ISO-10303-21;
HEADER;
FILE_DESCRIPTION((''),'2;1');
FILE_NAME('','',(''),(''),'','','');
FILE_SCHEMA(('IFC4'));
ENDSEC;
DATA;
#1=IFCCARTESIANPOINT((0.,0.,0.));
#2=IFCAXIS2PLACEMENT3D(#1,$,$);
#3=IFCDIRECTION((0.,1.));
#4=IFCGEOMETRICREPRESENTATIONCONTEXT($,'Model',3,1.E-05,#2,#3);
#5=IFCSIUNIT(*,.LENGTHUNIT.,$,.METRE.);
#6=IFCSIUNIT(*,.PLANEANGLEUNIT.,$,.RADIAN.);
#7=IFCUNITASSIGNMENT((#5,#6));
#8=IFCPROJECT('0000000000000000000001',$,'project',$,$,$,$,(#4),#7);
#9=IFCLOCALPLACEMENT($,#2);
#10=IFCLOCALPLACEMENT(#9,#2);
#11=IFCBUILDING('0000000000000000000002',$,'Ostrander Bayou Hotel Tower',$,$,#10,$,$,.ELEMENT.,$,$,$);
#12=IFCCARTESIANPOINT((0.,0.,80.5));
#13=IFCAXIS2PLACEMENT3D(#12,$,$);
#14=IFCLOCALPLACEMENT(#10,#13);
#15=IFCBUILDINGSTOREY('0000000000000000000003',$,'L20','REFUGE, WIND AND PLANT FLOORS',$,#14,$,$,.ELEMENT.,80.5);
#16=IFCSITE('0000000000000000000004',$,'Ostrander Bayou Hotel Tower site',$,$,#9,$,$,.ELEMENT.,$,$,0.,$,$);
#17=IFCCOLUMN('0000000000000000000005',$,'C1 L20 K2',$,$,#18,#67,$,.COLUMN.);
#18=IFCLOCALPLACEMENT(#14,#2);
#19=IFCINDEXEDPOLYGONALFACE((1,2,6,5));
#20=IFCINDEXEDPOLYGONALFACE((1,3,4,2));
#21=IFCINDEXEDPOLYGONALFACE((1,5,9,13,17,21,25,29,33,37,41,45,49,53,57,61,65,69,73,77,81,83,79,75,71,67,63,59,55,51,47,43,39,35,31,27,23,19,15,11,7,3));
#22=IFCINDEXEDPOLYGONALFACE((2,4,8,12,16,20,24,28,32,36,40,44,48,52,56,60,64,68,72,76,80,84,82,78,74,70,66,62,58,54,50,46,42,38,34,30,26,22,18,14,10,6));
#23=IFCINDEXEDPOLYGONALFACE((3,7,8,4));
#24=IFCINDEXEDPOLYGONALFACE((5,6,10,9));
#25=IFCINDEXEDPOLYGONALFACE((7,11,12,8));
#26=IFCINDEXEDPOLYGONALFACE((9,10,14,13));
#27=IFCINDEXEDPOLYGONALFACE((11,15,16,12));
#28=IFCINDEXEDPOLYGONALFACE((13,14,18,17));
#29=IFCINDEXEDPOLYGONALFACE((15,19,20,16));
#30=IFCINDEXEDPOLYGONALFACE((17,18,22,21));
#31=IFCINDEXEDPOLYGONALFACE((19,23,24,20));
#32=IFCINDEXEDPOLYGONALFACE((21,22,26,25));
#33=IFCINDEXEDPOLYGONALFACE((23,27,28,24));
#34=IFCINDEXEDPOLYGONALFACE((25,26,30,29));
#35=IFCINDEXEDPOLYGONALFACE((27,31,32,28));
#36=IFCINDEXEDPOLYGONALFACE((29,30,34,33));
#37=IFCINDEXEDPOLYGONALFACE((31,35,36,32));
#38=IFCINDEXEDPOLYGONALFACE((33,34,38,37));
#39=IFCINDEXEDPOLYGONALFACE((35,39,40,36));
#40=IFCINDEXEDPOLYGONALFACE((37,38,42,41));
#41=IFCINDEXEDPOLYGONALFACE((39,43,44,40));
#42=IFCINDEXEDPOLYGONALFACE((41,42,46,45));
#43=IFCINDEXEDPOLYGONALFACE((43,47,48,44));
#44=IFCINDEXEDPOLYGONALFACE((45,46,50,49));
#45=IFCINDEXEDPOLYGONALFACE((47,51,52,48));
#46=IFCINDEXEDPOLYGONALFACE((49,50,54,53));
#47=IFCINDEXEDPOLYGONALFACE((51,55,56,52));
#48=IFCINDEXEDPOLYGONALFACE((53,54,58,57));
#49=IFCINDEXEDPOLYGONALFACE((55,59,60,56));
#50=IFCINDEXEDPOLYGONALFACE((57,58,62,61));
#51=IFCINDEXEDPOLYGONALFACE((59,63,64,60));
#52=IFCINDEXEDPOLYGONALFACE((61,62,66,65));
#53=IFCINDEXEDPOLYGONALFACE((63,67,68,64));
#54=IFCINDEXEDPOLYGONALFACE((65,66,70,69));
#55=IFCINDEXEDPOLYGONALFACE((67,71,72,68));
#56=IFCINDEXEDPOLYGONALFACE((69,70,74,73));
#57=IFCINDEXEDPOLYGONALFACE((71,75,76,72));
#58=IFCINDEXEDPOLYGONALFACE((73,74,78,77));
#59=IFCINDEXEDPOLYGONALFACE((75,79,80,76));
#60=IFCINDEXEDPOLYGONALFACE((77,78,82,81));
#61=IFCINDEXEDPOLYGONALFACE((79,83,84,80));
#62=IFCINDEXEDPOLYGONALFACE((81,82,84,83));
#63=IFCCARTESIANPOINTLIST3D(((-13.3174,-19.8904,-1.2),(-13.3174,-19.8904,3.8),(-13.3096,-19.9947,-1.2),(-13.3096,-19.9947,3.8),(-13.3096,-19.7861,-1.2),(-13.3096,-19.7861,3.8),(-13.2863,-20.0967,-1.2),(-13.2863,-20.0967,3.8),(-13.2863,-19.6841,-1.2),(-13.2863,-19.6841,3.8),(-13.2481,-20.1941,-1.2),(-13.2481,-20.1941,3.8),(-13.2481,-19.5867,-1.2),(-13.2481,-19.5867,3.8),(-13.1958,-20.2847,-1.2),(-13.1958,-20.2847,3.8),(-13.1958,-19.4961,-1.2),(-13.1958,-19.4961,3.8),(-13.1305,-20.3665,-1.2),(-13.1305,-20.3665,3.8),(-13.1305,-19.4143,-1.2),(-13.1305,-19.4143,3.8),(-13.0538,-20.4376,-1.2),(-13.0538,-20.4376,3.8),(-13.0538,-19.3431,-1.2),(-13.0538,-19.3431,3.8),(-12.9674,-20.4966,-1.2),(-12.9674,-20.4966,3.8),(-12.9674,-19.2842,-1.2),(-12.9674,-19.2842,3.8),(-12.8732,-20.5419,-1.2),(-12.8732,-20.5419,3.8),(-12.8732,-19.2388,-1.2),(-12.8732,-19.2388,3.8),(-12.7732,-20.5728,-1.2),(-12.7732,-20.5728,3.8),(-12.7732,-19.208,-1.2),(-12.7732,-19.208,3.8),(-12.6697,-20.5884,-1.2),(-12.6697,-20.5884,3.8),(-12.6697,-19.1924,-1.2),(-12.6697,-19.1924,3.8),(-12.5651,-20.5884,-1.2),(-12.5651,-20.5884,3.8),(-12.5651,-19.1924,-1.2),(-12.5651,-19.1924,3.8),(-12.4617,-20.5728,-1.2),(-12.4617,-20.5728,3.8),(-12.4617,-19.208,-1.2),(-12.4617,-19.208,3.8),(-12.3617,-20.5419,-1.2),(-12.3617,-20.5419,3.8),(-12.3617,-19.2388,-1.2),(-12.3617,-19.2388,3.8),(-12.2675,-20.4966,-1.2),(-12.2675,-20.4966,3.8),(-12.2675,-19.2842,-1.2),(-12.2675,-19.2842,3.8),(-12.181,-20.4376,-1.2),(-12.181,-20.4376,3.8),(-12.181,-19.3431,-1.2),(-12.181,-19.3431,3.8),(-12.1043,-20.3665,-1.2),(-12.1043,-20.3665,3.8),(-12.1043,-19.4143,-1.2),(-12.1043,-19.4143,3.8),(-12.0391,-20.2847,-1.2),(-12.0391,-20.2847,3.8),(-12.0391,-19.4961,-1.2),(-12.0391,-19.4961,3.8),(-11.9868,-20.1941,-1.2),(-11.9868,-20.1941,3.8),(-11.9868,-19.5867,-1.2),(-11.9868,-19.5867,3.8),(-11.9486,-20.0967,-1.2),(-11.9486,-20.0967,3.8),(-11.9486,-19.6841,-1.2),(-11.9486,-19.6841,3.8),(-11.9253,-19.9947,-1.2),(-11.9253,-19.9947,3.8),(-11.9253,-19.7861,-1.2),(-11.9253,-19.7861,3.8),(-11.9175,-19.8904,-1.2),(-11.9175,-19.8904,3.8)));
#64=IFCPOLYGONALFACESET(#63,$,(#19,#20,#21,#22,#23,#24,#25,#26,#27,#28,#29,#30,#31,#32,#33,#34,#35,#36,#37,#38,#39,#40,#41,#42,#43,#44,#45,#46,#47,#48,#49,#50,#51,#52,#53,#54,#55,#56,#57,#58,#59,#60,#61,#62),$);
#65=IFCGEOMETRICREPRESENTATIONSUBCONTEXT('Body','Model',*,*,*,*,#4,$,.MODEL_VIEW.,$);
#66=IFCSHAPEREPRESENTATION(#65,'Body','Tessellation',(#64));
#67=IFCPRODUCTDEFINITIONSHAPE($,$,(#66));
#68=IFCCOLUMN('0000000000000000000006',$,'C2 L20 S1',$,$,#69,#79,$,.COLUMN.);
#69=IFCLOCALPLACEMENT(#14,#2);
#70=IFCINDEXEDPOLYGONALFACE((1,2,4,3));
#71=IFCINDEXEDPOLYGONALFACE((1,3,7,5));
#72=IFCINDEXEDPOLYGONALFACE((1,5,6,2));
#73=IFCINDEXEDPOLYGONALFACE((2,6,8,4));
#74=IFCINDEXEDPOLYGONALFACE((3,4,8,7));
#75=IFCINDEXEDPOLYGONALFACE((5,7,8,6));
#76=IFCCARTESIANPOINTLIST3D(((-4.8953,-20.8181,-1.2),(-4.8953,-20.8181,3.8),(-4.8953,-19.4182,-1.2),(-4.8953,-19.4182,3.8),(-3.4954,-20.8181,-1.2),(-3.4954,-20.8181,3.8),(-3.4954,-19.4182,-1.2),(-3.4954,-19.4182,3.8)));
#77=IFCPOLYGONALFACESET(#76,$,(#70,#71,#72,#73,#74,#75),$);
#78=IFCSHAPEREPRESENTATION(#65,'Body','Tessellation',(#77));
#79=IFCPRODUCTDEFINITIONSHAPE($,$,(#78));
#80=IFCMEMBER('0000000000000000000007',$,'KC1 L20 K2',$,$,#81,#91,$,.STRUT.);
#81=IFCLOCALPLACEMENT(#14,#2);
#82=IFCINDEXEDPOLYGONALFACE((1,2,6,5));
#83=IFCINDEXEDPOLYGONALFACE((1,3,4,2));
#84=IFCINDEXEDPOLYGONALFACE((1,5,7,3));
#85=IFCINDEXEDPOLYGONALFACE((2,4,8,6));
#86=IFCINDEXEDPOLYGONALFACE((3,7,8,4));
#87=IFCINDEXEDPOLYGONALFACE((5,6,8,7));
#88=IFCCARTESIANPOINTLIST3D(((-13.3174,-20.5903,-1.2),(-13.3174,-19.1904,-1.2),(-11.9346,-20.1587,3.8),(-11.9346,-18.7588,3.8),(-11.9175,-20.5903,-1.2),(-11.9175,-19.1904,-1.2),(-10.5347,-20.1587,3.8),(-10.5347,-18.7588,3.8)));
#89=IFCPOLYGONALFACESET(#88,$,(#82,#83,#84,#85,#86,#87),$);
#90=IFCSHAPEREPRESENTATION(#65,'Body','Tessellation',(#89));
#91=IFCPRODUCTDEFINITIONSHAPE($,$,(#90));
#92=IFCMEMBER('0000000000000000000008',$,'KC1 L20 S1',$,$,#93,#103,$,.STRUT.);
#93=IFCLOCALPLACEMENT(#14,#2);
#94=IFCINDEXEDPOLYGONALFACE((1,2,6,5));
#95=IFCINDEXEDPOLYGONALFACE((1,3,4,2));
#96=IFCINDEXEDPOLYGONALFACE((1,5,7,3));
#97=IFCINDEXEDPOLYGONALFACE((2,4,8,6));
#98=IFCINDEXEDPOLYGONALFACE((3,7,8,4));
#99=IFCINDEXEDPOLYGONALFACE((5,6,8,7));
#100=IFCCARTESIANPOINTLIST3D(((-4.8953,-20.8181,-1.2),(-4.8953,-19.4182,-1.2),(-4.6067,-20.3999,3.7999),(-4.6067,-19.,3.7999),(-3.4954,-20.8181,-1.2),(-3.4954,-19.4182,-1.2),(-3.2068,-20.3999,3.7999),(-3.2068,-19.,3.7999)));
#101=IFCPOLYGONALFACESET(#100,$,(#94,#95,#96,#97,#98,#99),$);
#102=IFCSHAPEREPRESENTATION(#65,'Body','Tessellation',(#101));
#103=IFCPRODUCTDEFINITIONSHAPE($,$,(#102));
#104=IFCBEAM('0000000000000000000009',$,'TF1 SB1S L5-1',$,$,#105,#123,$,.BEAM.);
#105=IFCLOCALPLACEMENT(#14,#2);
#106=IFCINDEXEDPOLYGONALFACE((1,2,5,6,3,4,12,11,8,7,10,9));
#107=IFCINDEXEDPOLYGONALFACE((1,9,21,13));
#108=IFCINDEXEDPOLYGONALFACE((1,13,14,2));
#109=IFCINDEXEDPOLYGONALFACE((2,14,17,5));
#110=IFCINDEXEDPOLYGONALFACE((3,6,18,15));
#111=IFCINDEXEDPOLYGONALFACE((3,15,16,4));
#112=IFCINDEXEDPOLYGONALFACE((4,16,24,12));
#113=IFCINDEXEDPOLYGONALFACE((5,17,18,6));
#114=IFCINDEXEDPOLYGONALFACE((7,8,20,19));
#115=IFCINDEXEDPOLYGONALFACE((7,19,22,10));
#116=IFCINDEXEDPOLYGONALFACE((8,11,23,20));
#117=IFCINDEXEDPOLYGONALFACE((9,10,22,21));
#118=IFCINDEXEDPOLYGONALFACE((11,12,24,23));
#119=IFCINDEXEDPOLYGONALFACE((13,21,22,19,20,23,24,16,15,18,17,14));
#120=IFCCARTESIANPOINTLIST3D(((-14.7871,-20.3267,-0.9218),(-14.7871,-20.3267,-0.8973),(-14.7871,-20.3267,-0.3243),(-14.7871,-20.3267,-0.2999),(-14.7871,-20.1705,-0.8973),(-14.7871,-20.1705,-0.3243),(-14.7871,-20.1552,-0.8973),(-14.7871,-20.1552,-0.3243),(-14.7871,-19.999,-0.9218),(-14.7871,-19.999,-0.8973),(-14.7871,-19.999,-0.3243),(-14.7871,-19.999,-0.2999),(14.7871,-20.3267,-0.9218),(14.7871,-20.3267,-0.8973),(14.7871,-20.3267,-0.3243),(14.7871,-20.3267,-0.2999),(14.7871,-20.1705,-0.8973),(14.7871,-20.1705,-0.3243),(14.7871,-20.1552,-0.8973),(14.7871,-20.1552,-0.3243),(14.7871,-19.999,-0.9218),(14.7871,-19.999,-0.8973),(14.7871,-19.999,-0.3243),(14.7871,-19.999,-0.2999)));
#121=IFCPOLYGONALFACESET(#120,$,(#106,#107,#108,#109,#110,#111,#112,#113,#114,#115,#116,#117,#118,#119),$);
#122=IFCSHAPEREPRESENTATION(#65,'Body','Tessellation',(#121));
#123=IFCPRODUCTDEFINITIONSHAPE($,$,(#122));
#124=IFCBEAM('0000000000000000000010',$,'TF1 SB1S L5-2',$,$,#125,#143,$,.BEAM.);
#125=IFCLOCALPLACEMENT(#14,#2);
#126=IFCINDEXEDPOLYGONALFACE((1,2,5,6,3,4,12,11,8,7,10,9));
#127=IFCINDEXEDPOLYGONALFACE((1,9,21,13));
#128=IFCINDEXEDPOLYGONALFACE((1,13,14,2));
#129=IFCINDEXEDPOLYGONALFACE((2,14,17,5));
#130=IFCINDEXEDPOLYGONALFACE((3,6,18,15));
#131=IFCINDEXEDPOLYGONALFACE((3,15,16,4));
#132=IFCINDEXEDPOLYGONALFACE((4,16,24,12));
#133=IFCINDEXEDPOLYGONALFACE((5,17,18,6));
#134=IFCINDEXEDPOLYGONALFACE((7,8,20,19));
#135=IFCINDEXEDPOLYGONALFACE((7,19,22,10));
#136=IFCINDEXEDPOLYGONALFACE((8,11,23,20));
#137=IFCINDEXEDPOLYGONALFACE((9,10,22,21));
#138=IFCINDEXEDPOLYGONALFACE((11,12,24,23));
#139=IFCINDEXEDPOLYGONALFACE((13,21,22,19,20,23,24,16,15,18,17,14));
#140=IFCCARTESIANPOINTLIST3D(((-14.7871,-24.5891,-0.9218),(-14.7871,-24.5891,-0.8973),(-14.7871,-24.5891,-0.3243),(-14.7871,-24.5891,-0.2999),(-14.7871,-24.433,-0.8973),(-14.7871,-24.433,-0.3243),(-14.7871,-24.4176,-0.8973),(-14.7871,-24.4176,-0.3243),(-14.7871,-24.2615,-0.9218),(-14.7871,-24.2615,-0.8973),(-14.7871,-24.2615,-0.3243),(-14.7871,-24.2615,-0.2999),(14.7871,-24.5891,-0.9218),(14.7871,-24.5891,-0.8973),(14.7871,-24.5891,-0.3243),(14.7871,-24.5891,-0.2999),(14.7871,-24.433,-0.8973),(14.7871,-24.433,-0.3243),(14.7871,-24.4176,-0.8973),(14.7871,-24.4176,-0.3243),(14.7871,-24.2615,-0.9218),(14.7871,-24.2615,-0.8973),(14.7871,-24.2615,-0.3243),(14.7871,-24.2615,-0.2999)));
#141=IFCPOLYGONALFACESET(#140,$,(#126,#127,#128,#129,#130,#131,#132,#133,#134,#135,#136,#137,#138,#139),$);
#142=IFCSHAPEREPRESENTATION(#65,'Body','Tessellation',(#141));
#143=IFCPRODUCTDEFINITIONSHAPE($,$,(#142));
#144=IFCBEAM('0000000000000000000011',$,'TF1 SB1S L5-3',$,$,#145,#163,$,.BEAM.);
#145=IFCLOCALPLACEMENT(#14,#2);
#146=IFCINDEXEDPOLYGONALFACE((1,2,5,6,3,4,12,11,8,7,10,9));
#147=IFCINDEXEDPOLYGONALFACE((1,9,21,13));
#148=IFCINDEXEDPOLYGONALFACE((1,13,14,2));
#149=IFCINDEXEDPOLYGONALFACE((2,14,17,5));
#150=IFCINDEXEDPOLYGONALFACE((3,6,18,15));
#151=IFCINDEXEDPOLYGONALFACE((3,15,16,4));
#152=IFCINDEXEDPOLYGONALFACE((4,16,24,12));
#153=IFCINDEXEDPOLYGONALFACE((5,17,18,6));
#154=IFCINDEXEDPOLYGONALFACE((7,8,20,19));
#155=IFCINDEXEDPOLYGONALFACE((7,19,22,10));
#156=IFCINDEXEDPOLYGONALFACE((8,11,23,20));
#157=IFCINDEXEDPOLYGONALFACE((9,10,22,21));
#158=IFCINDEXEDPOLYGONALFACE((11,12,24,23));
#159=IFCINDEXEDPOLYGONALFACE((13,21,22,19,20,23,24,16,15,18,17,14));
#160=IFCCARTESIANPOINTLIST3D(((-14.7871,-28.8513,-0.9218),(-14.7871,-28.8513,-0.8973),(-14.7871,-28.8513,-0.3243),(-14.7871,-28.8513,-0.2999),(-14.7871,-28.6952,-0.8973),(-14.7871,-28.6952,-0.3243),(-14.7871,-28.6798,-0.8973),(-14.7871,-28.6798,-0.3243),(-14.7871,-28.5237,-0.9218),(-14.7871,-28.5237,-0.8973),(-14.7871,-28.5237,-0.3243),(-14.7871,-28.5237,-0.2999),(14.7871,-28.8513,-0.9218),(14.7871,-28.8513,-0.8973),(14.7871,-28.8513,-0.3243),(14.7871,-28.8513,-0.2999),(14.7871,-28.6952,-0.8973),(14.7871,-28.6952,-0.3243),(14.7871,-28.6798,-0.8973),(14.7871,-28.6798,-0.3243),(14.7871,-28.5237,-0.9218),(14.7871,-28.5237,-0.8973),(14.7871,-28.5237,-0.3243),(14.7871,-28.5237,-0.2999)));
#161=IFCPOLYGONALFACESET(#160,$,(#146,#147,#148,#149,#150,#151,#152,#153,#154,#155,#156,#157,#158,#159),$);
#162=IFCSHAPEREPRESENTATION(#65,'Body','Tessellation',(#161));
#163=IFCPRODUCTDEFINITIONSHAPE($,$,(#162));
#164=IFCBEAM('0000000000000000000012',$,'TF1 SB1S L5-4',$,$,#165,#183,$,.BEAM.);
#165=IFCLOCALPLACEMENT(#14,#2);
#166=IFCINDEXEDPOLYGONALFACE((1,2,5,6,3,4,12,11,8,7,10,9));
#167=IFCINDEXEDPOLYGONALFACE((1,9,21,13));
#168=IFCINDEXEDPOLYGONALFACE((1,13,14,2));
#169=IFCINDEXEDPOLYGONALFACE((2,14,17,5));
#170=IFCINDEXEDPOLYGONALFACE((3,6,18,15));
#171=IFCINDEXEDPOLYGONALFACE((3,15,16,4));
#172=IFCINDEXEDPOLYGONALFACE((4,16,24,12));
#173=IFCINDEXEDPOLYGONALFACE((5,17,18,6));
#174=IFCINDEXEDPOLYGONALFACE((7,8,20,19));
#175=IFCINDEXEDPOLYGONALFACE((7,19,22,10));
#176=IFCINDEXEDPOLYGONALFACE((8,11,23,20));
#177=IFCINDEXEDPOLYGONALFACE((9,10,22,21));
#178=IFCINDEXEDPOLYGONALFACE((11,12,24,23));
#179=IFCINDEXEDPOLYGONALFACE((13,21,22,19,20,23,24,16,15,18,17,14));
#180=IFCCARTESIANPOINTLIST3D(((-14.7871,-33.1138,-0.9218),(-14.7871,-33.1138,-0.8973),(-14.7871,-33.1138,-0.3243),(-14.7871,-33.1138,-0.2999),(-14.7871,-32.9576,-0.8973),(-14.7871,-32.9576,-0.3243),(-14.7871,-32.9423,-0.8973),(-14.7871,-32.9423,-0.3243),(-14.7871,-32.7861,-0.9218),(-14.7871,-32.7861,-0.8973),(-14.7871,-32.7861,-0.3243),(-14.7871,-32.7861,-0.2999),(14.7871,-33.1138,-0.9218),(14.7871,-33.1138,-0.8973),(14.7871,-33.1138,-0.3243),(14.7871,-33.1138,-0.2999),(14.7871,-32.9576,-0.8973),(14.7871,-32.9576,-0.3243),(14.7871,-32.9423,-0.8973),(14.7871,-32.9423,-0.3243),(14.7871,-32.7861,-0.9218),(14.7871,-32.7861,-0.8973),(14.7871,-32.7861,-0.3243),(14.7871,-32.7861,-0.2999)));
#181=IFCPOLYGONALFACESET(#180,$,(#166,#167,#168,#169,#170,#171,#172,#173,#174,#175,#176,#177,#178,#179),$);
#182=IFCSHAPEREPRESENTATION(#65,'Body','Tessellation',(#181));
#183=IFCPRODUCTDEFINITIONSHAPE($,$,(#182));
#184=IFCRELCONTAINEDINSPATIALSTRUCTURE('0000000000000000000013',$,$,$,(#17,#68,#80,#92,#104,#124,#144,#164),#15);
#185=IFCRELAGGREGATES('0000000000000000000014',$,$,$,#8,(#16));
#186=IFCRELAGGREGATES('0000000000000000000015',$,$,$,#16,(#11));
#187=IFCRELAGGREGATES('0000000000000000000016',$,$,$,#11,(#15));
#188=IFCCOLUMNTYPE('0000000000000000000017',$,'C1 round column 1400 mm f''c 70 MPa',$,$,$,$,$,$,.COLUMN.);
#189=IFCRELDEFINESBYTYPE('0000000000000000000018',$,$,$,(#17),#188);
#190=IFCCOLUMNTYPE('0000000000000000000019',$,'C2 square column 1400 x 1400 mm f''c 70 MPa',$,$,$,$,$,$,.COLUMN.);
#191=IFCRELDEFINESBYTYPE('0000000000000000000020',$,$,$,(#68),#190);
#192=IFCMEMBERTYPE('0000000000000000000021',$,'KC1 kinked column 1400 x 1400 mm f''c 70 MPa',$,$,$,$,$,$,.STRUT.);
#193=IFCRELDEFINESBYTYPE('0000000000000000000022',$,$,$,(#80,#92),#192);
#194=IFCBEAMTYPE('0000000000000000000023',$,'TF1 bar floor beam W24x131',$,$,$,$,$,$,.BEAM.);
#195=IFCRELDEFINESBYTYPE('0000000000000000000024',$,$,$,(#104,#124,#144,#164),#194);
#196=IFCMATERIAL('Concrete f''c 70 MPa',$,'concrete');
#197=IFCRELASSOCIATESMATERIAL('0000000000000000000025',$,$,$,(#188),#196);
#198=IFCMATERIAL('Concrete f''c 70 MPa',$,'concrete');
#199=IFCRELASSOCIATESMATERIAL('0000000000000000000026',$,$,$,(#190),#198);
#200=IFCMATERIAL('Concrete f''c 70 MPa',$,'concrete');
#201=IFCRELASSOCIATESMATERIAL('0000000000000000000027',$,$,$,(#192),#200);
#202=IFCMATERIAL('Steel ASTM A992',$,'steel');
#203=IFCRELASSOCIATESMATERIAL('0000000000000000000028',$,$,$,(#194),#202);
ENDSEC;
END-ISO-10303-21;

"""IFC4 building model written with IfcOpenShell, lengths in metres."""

from ifc_helpers import new_model, si_unit, direction, frame, origin, origin_2d, place, context, subcontext, project, spatial, rectangle, circle, i_section, extrude, material, material_profile, profile_set, type_object, element, save


model = new_model("IFC4")

# Units and contexts
model_context = context("Model", 3, precision=1e-05, world=origin(), true_north=direction((0.0, 1.0)))
body_context = subcontext(model_context, "Body", "Model", "MODEL_VIEW")
ifc_project = project(units=[si_unit("LENGTHUNIT", "METRE"), si_unit("PLANEANGLEUNIT", "RADIAN")], contexts=[model_context])

# Site, building, storey
site_placement = place(None, origin())
site = spatial("IfcSite", under=ifc_project, at=site_placement, Name="Ostrander Bayou Hotel Tower site", CompositionType="ELEMENT", RefElevation=0.0)
building_placement = place(site_placement, origin())
building = spatial("IfcBuilding", under=site, at=building_placement, Name="Ostrander Bayou Hotel Tower", CompositionType="ELEMENT")
storey_placement = place(building_placement, frame((0.0, 0.0, 80.5)))
storey = spatial("IfcBuildingStorey", under=building, at=storey_placement, Name="L20", Description="REFUGE, WIND AND PLANT FLOORS", CompositionType="ELEMENT", Elevation=80.5)

# Columns
ifc_material_1 = material(Name="Concrete f'c 70 MPa", Category="concrete")
ifc_material_profile_1 = material_profile(ifc_material_1, circle(Radius=0.7, at=origin_2d()))
ifc_profile_set_1 = profile_set([ifc_material_profile_1], Name="Concrete f'c 70 MPa")
column_type_1 = type_object("IfcColumnType", Name="C1 round column 1400 mm f'c 70 MPa", PredefinedType="COLUMN", material=ifc_profile_set_1)
column_1_placement = place(storey_placement, frame((-12.6174, -19.8904, -1.2), z_axis=(0.0, 0.0, 1.0), x_axis=(1.0, 0.0, 0.0)))
element("IfcColumn", 1, at=column_1_placement, inside=storey, type_object=column_type_1, Name="C1 L20 K2", PredefinedType="COLUMN", context=body_context, shape_type="SweptSolid", body=[
    extrude(circle(Radius=0.7, at=origin_2d()), origin(), (0.0, 0.0, 1.0), 5.0),
])
ifc_material_2 = material(Name="Concrete f'c 70 MPa", Category="concrete")
ifc_material_profile_2 = material_profile(ifc_material_2, rectangle(XDim=1.3999, YDim=1.3999, at=origin_2d()))
ifc_profile_set_2 = profile_set([ifc_material_profile_2], Name="Concrete f'c 70 MPa")
column_type_2 = type_object("IfcColumnType", Name="C2 square column 1400 x 1400 mm f'c 70 MPa", PredefinedType="COLUMN", material=ifc_profile_set_2)
column_2_placement = place(storey_placement, frame((-4.1953, -20.1182, -1.2), z_axis=(0.0, 0.0, 1.0), x_axis=(-1.0, 0.0, 0.0)))
element("IfcColumn", 2, at=column_2_placement, inside=storey, type_object=column_type_2, Name="C2 L20 S1", PredefinedType="COLUMN", context=body_context, shape_type="SweptSolid", body=[
    extrude(rectangle(XDim=1.3999, YDim=1.3999, at=origin_2d()), origin(), (0.0, 0.0, 1.0), 5.0),
])

# Members
ifc_material_3 = material(Name="Concrete f'c 70 MPa", Category="concrete")
ifc_material_profile_3 = material_profile(ifc_material_3, rectangle(XDim=1.3999, YDim=1.3999, at=origin_2d()))
ifc_profile_set_3 = profile_set([ifc_material_profile_3], Name="Concrete f'c 70 MPa")
member_type_1 = type_object("IfcMemberType", Name="KC1 kinked column 1400 x 1400 mm f'c 70 MPa", PredefinedType="STRUT", material=ifc_profile_set_3)
member_1_placement = place(storey_placement, frame((-12.6174, -19.8904, -1.2), z_axis=(0.0, 0.0, 1.0), x_axis=(1.0, 0.0, 0.0)))
element("IfcMember", 3, at=member_1_placement, inside=storey, type_object=member_type_1, Name="KC1 L20 K2", PredefinedType="STRUT", context=body_context, shape_type="SweptSolid", body=[
    extrude(rectangle(XDim=1.3999, YDim=1.3999, at=origin_2d()), origin(), (0.265638, 0.082918, 0.9605), 5.2056),
])
member_2_placement = place(storey_placement, frame((-4.1953, -20.1182, -1.2), z_axis=(0.0, 0.0, 1.0), x_axis=(-1.0, 0.0, 0.0)))
element("IfcMember", 4, at=member_2_placement, inside=storey, type_object=member_type_1, Name="KC1 L20 S1", PredefinedType="STRUT", context=body_context, shape_type="SweptSolid", body=[
    extrude(rectangle(XDim=1.3999, YDim=1.3999, at=origin_2d()), origin(), (-0.057419, -0.083214, 0.994876), 5.0256),
])

# Beams
ifc_material_4 = material(Name="Steel ASTM A992", Category="steel")
ifc_material_profile_4 = material_profile(ifc_material_4, i_section(OverallWidth=0.3276, OverallDepth=0.6218, WebThickness=0.0154, FlangeThickness=0.0244, at=origin_2d()))
ifc_profile_set_4 = profile_set([ifc_material_profile_4], Name="Steel ASTM A992")
beam_type = type_object("IfcBeamType", Name="TF1 bar floor beam W24x131", PredefinedType="BEAM", material=ifc_profile_set_4)
for number, where, z_axis, x_axis, name in (
    (5, (-14.7871, -20.1628, -0.6108), (1.0, 0.0, 0.0), (0.0, 1.0, 0.0), "TF1 SB1S L5-1"),
    (6, (-14.7871, -24.4253, -0.6108), (1.0, 0.0, 0.0), (0.0, 1.0, 0.0), "TF1 SB1S L5-2"),
    (7, (-14.7871, -28.6875, -0.6108), (1.0, 0.0, 0.0), (0.0, 1.0, 0.0), "TF1 SB1S L5-3"),
    (8, (-14.7871, -32.95, -0.6108), (1.0, 0.0, 0.0), (0.0, 1.0, 0.0), "TF1 SB1S L5-4"),
):
    element("IfcBeam", number, at=place(storey_placement, frame(where, z_axis=z_axis, x_axis=x_axis)), inside=storey, type_object=beam_type, Name=name, PredefinedType="BEAM", context=body_context, shape_type="SweptSolid", body=[
        extrude(i_section(OverallWidth=0.3276, OverallDepth=0.6218, WebThickness=0.0154, FlangeThickness=0.0244, at=origin_2d()), origin(), (0.0, 0.0, 1.0), 29.5742),
    ])

save(model, "model.ifc")
